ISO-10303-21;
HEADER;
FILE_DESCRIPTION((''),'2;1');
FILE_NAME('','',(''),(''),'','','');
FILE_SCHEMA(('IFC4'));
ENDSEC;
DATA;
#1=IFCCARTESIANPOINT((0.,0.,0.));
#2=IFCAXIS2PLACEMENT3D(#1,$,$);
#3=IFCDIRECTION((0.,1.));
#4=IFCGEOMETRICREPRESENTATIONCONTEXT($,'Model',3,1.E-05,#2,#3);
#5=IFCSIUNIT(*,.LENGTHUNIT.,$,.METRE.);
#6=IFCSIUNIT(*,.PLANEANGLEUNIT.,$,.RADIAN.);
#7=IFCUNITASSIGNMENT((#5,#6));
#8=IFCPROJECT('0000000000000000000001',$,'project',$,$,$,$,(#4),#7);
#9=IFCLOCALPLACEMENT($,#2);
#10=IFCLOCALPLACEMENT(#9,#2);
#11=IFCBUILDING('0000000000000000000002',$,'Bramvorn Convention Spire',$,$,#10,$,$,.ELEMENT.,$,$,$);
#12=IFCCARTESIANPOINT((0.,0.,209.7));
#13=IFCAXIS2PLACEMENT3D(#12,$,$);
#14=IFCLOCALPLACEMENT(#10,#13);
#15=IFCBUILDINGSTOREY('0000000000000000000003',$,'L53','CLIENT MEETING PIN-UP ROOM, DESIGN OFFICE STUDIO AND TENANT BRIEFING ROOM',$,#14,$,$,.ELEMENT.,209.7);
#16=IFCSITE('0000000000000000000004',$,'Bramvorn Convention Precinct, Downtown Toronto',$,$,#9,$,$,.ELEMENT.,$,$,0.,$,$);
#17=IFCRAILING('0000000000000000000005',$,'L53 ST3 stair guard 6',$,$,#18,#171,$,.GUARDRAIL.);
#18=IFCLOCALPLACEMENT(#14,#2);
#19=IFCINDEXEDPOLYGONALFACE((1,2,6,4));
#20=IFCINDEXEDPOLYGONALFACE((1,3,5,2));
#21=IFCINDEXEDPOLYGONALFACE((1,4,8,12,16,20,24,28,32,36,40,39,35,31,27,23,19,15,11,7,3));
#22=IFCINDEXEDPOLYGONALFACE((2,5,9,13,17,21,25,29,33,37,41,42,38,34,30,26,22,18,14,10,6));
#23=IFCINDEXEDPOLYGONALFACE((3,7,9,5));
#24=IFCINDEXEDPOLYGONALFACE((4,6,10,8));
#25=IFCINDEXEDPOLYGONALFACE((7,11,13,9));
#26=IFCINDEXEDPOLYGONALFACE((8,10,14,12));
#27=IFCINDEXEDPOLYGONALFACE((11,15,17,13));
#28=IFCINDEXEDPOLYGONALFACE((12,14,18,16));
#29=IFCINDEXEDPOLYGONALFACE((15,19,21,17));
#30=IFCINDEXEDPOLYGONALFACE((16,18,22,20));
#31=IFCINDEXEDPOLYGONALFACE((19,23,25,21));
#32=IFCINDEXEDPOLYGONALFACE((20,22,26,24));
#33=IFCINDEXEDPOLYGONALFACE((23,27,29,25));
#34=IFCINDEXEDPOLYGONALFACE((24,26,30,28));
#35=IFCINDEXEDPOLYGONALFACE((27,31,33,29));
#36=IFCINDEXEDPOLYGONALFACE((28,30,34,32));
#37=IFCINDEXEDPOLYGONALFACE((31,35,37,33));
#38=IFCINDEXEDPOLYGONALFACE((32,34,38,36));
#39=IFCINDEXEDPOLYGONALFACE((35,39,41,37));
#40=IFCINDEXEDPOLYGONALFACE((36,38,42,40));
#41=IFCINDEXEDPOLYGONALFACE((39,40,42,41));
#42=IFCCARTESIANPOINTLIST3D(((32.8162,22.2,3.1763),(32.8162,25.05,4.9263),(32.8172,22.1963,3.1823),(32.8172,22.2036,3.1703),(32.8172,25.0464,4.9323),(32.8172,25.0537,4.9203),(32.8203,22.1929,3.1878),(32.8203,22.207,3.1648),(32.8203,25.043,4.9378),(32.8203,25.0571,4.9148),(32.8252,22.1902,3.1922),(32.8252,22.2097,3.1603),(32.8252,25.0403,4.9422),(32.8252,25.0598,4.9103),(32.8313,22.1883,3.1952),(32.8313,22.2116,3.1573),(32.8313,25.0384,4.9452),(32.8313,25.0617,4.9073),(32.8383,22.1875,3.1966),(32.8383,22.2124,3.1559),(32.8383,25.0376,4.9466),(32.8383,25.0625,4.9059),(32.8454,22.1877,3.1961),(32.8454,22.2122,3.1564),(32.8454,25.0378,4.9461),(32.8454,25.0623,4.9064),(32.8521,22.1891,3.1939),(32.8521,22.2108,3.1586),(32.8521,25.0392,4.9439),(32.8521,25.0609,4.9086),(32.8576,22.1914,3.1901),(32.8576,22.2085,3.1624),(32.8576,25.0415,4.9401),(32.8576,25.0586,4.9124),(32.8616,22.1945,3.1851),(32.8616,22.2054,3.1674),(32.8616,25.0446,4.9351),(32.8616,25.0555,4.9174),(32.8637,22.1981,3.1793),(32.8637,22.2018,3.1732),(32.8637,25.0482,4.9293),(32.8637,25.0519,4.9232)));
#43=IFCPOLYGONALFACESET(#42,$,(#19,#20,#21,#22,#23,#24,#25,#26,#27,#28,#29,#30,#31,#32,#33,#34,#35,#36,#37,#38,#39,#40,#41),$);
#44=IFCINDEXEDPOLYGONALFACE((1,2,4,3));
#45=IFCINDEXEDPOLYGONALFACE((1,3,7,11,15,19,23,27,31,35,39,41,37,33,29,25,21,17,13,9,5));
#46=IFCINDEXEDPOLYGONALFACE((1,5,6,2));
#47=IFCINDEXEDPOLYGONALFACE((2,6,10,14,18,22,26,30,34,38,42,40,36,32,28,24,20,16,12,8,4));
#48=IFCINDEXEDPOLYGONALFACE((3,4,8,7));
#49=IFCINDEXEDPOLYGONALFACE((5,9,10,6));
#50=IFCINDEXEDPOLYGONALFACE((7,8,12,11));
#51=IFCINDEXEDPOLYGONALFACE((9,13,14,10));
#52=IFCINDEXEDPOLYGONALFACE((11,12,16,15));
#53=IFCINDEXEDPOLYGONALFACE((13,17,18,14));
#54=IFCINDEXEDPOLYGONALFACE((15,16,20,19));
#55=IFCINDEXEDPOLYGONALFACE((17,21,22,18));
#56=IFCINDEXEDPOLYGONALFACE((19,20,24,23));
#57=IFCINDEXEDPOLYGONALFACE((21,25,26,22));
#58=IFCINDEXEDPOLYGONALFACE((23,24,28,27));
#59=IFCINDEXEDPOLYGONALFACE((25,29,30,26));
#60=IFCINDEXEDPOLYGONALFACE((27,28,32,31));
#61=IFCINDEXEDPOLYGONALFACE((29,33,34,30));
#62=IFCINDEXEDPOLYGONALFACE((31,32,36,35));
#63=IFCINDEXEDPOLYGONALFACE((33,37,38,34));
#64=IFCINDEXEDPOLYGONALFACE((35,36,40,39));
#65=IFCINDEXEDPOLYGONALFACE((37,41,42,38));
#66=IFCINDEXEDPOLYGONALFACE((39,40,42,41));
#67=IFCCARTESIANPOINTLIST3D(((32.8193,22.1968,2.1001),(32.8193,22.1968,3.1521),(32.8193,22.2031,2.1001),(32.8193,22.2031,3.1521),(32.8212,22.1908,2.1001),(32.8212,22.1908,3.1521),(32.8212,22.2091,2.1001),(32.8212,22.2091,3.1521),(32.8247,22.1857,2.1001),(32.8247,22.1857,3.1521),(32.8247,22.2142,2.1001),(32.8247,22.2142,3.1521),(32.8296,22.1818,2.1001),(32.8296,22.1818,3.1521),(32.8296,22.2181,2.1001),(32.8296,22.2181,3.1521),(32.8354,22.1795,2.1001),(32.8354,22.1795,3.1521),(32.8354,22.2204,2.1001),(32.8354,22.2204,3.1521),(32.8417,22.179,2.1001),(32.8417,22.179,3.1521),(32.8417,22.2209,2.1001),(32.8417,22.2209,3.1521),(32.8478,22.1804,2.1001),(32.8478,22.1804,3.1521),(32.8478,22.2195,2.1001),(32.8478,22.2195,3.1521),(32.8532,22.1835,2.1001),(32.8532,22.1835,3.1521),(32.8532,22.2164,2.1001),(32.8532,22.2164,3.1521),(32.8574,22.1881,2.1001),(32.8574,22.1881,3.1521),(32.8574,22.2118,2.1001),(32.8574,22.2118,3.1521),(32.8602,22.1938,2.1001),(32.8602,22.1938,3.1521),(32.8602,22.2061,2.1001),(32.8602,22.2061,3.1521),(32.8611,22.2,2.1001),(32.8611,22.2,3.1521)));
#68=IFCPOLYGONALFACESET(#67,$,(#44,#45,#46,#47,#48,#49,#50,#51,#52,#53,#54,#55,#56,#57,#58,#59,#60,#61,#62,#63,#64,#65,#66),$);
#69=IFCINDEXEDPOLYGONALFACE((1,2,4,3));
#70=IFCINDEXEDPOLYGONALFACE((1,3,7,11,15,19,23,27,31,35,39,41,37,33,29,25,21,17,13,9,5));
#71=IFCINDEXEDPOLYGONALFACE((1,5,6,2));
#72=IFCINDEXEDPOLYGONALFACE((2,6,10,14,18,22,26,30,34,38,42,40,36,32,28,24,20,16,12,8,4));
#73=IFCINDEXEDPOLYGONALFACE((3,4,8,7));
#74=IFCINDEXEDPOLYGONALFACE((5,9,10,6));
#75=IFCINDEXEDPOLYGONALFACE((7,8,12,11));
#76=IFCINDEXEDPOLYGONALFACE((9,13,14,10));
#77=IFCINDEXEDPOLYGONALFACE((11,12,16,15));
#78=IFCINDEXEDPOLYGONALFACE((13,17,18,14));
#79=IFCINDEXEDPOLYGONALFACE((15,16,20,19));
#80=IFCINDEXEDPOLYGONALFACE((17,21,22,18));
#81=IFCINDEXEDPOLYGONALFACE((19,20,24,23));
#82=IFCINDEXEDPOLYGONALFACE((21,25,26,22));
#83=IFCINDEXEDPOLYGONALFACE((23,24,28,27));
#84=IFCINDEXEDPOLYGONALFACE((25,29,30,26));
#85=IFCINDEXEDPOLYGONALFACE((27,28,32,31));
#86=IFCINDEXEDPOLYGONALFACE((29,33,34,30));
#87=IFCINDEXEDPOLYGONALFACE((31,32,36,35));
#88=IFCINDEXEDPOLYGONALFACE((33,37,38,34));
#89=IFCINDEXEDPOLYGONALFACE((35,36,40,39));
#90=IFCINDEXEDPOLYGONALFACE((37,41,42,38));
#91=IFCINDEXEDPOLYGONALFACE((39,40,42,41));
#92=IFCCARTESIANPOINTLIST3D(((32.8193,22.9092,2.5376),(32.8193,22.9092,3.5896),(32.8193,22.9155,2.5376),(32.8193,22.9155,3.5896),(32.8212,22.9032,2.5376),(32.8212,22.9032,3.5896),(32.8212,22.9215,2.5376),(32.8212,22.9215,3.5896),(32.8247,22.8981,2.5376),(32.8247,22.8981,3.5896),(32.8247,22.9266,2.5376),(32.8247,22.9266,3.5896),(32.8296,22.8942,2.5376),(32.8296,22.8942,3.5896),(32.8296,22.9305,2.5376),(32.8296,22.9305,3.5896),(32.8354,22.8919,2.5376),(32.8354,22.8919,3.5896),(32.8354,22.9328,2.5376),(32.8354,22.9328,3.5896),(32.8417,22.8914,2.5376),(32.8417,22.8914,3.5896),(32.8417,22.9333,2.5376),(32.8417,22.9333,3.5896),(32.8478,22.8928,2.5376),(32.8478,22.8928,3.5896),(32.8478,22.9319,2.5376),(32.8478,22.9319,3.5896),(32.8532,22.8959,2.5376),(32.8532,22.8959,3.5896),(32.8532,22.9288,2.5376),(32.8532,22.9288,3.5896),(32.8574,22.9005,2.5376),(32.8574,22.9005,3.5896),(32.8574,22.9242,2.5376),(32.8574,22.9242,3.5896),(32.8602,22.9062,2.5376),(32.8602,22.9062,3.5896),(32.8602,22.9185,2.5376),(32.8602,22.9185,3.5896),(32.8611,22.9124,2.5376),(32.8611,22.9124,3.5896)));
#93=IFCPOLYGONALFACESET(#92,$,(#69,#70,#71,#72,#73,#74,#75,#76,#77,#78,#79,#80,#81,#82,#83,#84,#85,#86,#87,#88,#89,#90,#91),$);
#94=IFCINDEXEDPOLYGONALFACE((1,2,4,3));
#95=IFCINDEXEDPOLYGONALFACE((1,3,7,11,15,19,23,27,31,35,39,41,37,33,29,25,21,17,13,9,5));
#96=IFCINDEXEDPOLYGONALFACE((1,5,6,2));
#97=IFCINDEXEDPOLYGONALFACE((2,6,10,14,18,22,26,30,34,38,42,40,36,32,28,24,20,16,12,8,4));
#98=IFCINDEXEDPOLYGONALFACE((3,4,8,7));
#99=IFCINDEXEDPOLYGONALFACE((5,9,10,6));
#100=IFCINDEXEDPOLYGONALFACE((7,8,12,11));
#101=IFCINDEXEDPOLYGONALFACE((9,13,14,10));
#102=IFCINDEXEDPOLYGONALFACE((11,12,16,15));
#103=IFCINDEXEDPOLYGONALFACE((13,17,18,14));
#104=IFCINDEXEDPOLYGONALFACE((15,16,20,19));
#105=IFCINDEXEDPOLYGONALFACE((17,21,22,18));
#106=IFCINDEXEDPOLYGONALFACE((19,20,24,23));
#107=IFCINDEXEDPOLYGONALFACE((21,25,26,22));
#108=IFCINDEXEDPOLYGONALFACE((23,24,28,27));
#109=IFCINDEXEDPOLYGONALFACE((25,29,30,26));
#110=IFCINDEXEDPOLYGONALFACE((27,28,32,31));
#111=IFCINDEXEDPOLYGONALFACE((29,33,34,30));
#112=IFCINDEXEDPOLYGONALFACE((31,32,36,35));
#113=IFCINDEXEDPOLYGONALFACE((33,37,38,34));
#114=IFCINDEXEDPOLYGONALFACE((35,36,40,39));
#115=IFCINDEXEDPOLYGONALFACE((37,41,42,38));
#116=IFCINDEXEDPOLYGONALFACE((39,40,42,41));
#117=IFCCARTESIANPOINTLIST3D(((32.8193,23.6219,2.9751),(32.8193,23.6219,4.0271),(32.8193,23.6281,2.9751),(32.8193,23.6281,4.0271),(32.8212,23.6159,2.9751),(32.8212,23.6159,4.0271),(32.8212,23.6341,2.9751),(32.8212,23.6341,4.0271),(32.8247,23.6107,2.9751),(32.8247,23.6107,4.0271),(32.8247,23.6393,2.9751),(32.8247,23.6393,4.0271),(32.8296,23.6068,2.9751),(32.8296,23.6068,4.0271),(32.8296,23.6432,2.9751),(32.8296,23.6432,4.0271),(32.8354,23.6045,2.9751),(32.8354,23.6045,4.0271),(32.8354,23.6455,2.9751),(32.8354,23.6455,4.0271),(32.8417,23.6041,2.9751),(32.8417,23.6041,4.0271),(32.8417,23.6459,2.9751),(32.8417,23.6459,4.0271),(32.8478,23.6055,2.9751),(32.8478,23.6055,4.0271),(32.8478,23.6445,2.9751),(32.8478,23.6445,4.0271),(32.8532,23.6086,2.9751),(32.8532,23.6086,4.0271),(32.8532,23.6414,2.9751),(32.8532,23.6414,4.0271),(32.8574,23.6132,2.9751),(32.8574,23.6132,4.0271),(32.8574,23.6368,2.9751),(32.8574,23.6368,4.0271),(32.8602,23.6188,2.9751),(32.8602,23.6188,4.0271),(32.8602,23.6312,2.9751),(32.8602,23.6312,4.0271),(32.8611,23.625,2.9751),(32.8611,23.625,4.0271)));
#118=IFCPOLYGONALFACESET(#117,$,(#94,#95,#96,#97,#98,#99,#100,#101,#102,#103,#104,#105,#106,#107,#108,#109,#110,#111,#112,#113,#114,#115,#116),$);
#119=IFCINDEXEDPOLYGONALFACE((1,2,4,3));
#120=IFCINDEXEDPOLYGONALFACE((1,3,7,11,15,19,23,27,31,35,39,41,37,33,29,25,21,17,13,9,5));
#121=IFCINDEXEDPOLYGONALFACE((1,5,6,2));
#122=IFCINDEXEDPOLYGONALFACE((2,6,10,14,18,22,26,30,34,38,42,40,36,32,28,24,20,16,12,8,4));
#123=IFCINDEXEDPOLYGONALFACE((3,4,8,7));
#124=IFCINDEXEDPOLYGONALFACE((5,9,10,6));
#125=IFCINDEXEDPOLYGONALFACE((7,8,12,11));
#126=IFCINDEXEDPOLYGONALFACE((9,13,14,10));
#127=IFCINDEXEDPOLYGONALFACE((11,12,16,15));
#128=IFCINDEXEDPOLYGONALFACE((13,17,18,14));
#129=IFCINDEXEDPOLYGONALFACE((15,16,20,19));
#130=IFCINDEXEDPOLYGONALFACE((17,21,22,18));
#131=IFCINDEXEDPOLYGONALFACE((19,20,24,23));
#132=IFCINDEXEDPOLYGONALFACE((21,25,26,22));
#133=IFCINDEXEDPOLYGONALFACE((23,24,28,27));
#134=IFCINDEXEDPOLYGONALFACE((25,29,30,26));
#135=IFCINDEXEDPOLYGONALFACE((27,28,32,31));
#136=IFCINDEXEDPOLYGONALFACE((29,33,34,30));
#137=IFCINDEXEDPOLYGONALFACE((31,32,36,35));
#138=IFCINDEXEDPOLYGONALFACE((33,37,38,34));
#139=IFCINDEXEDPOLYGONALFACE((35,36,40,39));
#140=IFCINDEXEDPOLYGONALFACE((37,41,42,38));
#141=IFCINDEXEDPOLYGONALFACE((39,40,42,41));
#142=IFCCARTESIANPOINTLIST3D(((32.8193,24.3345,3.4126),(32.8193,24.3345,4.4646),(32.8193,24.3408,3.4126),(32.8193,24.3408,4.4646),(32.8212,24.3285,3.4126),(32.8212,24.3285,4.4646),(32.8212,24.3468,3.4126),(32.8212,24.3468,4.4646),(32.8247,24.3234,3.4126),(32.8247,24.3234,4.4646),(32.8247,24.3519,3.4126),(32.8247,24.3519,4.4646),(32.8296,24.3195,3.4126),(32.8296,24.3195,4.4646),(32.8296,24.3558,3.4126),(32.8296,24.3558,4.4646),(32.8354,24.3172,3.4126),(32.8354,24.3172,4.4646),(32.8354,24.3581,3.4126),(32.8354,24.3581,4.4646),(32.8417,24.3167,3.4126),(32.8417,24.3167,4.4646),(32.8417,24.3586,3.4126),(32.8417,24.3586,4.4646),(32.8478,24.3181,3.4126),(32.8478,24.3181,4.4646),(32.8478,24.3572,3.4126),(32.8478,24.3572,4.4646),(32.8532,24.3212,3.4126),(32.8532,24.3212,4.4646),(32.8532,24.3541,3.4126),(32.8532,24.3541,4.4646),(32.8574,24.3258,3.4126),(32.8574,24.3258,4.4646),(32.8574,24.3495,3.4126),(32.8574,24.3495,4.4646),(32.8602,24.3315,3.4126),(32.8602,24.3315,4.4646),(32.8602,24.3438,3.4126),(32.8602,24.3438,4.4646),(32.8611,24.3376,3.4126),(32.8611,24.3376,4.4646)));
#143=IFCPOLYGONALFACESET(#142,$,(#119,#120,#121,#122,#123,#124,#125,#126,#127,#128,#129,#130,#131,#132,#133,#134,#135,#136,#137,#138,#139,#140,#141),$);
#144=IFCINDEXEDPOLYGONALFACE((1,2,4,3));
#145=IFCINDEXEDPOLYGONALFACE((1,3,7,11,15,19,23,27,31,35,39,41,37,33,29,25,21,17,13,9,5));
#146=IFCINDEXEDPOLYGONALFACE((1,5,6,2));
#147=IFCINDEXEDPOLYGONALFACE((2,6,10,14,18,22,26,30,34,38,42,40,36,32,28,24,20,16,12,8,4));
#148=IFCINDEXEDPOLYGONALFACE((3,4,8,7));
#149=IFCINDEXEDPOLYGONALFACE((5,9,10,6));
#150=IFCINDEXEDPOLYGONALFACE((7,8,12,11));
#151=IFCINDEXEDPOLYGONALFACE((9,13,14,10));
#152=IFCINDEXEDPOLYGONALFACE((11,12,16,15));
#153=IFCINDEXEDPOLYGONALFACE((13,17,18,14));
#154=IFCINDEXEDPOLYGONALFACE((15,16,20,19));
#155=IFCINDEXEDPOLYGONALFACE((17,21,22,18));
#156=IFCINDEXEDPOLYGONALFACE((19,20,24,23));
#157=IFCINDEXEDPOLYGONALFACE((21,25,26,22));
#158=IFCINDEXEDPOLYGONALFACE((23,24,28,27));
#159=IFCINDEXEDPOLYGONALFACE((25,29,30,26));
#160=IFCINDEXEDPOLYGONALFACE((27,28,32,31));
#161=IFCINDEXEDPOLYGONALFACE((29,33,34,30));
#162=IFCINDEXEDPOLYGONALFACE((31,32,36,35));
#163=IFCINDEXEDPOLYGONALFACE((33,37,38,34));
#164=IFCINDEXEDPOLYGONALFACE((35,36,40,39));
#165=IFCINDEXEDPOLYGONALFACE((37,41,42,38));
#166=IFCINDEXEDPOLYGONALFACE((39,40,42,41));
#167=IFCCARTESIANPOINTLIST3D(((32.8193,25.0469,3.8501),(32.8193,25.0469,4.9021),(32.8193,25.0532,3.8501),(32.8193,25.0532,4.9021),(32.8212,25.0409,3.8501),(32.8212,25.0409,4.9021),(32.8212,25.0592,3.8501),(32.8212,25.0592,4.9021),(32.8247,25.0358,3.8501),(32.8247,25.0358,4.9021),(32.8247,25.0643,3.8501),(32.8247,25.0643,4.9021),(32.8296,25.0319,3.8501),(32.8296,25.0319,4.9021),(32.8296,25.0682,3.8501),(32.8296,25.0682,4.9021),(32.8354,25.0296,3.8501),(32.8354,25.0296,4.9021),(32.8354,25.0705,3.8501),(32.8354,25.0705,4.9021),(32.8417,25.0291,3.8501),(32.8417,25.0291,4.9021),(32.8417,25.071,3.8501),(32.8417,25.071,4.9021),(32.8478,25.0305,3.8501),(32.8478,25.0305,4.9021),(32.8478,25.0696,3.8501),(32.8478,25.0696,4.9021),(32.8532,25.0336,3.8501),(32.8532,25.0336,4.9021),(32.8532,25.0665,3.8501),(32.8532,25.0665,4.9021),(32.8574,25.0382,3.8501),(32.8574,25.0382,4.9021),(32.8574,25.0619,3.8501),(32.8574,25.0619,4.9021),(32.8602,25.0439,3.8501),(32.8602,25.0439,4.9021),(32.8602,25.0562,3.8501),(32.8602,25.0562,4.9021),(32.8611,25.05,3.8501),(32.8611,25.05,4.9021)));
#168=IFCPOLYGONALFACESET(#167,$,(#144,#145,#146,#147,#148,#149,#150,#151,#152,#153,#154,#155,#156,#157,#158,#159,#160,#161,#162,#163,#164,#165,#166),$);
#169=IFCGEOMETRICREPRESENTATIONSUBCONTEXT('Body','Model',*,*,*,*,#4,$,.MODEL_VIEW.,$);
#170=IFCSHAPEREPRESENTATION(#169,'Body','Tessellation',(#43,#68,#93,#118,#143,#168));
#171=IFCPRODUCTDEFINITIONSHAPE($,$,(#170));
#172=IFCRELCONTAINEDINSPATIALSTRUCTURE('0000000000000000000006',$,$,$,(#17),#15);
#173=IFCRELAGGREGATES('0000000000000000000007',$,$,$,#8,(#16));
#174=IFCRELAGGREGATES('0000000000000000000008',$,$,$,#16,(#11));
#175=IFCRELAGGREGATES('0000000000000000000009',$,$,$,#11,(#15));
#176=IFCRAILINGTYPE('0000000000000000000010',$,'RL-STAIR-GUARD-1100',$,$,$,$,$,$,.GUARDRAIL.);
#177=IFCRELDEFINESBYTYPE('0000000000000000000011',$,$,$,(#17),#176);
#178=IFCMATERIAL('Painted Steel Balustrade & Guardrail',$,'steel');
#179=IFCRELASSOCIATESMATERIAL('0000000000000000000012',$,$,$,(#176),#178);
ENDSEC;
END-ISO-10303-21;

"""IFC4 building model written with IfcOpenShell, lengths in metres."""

from ifc_helpers import new_model, si_unit, direction, frame, origin, origin_2d, place, context, subcontext, project, spatial, circle, extrude, material, type_object, element, save


model = new_model("IFC4")

# Units and contexts
model_context = context("Model", 3, precision=1e-05, world=origin(), true_north=direction((0.0, 1.0)))
body_context = subcontext(model_context, "Body", "Model", "MODEL_VIEW")
ifc_project = project(units=[si_unit("LENGTHUNIT", "METRE"), si_unit("PLANEANGLEUNIT", "RADIAN")], contexts=[model_context])

# Site, building, storey
site_placement = place(None, origin())
site = spatial("IfcSite", under=ifc_project, at=site_placement, Name="Bramvorn Convention Precinct, Downtown Toronto", CompositionType="ELEMENT", RefElevation=0.0)
building_placement = place(site_placement, origin())
building = spatial("IfcBuilding", under=site, at=building_placement, Name="Bramvorn Convention Spire", CompositionType="ELEMENT")
storey_placement = place(building_placement, frame((0.0, 0.0, 209.7)))
storey = spatial("IfcBuildingStorey", under=building, at=storey_placement, Name="L53", Description="CLIENT MEETING PIN-UP ROOM, DESIGN OFFICE STUDIO AND TENANT BRIEFING ROOM", CompositionType="ELEMENT", Elevation=209.7)

# Railing
ifc_material_1 = material(Name="Painted Steel Balustrade & Guardrail", Category="steel")
railing_type_1 = type_object("IfcRailingType", Name="RL-STAIR-GUARD-1100", PredefinedType="GUARDRAIL", material=ifc_material_1)
railing_1_placement = place(storey_placement, frame((32.8401, 22.2, 2.1001)))
element("IfcRailing", 1, at=railing_1_placement, inside=storey, type_object=railing_type_1, Name="L53 ST3 stair guard 6", PredefinedType="GUARDRAIL", context=body_context, shape_type="SweptSolid", body=[
    extrude(circle(Radius=0.0239, at=origin_2d()), frame((0.0, 0.0, 1.0762), z_axis=(0.0, 0.852179, 0.52325), x_axis=(-1.0, 0.0, 0.0)), (0.0, 0.0, 1.0), 3.3445),
    extrude(circle(Radius=0.021, at=origin_2d()), origin(), (0.0, 0.0, 1.0), 1.052),
    extrude(circle(Radius=0.021, at=origin_2d()), frame((0.0, 0.7124, 0.4375)), (0.0, 0.0, 1.0), 1.052),
    extrude(circle(Radius=0.021, at=origin_2d()), frame((0.0, 1.425, 0.875)), (0.0, 0.0, 1.0), 1.052),
    extrude(circle(Radius=0.021, at=origin_2d()), frame((0.0, 2.1377, 1.3125)), (0.0, 0.0, 1.0), 1.052),
    extrude(circle(Radius=0.021, at=origin_2d()), frame((0.0, 2.8501, 1.75)), (0.0, 0.0, 1.0), 1.052),
])

save(model, "model.ifc")
